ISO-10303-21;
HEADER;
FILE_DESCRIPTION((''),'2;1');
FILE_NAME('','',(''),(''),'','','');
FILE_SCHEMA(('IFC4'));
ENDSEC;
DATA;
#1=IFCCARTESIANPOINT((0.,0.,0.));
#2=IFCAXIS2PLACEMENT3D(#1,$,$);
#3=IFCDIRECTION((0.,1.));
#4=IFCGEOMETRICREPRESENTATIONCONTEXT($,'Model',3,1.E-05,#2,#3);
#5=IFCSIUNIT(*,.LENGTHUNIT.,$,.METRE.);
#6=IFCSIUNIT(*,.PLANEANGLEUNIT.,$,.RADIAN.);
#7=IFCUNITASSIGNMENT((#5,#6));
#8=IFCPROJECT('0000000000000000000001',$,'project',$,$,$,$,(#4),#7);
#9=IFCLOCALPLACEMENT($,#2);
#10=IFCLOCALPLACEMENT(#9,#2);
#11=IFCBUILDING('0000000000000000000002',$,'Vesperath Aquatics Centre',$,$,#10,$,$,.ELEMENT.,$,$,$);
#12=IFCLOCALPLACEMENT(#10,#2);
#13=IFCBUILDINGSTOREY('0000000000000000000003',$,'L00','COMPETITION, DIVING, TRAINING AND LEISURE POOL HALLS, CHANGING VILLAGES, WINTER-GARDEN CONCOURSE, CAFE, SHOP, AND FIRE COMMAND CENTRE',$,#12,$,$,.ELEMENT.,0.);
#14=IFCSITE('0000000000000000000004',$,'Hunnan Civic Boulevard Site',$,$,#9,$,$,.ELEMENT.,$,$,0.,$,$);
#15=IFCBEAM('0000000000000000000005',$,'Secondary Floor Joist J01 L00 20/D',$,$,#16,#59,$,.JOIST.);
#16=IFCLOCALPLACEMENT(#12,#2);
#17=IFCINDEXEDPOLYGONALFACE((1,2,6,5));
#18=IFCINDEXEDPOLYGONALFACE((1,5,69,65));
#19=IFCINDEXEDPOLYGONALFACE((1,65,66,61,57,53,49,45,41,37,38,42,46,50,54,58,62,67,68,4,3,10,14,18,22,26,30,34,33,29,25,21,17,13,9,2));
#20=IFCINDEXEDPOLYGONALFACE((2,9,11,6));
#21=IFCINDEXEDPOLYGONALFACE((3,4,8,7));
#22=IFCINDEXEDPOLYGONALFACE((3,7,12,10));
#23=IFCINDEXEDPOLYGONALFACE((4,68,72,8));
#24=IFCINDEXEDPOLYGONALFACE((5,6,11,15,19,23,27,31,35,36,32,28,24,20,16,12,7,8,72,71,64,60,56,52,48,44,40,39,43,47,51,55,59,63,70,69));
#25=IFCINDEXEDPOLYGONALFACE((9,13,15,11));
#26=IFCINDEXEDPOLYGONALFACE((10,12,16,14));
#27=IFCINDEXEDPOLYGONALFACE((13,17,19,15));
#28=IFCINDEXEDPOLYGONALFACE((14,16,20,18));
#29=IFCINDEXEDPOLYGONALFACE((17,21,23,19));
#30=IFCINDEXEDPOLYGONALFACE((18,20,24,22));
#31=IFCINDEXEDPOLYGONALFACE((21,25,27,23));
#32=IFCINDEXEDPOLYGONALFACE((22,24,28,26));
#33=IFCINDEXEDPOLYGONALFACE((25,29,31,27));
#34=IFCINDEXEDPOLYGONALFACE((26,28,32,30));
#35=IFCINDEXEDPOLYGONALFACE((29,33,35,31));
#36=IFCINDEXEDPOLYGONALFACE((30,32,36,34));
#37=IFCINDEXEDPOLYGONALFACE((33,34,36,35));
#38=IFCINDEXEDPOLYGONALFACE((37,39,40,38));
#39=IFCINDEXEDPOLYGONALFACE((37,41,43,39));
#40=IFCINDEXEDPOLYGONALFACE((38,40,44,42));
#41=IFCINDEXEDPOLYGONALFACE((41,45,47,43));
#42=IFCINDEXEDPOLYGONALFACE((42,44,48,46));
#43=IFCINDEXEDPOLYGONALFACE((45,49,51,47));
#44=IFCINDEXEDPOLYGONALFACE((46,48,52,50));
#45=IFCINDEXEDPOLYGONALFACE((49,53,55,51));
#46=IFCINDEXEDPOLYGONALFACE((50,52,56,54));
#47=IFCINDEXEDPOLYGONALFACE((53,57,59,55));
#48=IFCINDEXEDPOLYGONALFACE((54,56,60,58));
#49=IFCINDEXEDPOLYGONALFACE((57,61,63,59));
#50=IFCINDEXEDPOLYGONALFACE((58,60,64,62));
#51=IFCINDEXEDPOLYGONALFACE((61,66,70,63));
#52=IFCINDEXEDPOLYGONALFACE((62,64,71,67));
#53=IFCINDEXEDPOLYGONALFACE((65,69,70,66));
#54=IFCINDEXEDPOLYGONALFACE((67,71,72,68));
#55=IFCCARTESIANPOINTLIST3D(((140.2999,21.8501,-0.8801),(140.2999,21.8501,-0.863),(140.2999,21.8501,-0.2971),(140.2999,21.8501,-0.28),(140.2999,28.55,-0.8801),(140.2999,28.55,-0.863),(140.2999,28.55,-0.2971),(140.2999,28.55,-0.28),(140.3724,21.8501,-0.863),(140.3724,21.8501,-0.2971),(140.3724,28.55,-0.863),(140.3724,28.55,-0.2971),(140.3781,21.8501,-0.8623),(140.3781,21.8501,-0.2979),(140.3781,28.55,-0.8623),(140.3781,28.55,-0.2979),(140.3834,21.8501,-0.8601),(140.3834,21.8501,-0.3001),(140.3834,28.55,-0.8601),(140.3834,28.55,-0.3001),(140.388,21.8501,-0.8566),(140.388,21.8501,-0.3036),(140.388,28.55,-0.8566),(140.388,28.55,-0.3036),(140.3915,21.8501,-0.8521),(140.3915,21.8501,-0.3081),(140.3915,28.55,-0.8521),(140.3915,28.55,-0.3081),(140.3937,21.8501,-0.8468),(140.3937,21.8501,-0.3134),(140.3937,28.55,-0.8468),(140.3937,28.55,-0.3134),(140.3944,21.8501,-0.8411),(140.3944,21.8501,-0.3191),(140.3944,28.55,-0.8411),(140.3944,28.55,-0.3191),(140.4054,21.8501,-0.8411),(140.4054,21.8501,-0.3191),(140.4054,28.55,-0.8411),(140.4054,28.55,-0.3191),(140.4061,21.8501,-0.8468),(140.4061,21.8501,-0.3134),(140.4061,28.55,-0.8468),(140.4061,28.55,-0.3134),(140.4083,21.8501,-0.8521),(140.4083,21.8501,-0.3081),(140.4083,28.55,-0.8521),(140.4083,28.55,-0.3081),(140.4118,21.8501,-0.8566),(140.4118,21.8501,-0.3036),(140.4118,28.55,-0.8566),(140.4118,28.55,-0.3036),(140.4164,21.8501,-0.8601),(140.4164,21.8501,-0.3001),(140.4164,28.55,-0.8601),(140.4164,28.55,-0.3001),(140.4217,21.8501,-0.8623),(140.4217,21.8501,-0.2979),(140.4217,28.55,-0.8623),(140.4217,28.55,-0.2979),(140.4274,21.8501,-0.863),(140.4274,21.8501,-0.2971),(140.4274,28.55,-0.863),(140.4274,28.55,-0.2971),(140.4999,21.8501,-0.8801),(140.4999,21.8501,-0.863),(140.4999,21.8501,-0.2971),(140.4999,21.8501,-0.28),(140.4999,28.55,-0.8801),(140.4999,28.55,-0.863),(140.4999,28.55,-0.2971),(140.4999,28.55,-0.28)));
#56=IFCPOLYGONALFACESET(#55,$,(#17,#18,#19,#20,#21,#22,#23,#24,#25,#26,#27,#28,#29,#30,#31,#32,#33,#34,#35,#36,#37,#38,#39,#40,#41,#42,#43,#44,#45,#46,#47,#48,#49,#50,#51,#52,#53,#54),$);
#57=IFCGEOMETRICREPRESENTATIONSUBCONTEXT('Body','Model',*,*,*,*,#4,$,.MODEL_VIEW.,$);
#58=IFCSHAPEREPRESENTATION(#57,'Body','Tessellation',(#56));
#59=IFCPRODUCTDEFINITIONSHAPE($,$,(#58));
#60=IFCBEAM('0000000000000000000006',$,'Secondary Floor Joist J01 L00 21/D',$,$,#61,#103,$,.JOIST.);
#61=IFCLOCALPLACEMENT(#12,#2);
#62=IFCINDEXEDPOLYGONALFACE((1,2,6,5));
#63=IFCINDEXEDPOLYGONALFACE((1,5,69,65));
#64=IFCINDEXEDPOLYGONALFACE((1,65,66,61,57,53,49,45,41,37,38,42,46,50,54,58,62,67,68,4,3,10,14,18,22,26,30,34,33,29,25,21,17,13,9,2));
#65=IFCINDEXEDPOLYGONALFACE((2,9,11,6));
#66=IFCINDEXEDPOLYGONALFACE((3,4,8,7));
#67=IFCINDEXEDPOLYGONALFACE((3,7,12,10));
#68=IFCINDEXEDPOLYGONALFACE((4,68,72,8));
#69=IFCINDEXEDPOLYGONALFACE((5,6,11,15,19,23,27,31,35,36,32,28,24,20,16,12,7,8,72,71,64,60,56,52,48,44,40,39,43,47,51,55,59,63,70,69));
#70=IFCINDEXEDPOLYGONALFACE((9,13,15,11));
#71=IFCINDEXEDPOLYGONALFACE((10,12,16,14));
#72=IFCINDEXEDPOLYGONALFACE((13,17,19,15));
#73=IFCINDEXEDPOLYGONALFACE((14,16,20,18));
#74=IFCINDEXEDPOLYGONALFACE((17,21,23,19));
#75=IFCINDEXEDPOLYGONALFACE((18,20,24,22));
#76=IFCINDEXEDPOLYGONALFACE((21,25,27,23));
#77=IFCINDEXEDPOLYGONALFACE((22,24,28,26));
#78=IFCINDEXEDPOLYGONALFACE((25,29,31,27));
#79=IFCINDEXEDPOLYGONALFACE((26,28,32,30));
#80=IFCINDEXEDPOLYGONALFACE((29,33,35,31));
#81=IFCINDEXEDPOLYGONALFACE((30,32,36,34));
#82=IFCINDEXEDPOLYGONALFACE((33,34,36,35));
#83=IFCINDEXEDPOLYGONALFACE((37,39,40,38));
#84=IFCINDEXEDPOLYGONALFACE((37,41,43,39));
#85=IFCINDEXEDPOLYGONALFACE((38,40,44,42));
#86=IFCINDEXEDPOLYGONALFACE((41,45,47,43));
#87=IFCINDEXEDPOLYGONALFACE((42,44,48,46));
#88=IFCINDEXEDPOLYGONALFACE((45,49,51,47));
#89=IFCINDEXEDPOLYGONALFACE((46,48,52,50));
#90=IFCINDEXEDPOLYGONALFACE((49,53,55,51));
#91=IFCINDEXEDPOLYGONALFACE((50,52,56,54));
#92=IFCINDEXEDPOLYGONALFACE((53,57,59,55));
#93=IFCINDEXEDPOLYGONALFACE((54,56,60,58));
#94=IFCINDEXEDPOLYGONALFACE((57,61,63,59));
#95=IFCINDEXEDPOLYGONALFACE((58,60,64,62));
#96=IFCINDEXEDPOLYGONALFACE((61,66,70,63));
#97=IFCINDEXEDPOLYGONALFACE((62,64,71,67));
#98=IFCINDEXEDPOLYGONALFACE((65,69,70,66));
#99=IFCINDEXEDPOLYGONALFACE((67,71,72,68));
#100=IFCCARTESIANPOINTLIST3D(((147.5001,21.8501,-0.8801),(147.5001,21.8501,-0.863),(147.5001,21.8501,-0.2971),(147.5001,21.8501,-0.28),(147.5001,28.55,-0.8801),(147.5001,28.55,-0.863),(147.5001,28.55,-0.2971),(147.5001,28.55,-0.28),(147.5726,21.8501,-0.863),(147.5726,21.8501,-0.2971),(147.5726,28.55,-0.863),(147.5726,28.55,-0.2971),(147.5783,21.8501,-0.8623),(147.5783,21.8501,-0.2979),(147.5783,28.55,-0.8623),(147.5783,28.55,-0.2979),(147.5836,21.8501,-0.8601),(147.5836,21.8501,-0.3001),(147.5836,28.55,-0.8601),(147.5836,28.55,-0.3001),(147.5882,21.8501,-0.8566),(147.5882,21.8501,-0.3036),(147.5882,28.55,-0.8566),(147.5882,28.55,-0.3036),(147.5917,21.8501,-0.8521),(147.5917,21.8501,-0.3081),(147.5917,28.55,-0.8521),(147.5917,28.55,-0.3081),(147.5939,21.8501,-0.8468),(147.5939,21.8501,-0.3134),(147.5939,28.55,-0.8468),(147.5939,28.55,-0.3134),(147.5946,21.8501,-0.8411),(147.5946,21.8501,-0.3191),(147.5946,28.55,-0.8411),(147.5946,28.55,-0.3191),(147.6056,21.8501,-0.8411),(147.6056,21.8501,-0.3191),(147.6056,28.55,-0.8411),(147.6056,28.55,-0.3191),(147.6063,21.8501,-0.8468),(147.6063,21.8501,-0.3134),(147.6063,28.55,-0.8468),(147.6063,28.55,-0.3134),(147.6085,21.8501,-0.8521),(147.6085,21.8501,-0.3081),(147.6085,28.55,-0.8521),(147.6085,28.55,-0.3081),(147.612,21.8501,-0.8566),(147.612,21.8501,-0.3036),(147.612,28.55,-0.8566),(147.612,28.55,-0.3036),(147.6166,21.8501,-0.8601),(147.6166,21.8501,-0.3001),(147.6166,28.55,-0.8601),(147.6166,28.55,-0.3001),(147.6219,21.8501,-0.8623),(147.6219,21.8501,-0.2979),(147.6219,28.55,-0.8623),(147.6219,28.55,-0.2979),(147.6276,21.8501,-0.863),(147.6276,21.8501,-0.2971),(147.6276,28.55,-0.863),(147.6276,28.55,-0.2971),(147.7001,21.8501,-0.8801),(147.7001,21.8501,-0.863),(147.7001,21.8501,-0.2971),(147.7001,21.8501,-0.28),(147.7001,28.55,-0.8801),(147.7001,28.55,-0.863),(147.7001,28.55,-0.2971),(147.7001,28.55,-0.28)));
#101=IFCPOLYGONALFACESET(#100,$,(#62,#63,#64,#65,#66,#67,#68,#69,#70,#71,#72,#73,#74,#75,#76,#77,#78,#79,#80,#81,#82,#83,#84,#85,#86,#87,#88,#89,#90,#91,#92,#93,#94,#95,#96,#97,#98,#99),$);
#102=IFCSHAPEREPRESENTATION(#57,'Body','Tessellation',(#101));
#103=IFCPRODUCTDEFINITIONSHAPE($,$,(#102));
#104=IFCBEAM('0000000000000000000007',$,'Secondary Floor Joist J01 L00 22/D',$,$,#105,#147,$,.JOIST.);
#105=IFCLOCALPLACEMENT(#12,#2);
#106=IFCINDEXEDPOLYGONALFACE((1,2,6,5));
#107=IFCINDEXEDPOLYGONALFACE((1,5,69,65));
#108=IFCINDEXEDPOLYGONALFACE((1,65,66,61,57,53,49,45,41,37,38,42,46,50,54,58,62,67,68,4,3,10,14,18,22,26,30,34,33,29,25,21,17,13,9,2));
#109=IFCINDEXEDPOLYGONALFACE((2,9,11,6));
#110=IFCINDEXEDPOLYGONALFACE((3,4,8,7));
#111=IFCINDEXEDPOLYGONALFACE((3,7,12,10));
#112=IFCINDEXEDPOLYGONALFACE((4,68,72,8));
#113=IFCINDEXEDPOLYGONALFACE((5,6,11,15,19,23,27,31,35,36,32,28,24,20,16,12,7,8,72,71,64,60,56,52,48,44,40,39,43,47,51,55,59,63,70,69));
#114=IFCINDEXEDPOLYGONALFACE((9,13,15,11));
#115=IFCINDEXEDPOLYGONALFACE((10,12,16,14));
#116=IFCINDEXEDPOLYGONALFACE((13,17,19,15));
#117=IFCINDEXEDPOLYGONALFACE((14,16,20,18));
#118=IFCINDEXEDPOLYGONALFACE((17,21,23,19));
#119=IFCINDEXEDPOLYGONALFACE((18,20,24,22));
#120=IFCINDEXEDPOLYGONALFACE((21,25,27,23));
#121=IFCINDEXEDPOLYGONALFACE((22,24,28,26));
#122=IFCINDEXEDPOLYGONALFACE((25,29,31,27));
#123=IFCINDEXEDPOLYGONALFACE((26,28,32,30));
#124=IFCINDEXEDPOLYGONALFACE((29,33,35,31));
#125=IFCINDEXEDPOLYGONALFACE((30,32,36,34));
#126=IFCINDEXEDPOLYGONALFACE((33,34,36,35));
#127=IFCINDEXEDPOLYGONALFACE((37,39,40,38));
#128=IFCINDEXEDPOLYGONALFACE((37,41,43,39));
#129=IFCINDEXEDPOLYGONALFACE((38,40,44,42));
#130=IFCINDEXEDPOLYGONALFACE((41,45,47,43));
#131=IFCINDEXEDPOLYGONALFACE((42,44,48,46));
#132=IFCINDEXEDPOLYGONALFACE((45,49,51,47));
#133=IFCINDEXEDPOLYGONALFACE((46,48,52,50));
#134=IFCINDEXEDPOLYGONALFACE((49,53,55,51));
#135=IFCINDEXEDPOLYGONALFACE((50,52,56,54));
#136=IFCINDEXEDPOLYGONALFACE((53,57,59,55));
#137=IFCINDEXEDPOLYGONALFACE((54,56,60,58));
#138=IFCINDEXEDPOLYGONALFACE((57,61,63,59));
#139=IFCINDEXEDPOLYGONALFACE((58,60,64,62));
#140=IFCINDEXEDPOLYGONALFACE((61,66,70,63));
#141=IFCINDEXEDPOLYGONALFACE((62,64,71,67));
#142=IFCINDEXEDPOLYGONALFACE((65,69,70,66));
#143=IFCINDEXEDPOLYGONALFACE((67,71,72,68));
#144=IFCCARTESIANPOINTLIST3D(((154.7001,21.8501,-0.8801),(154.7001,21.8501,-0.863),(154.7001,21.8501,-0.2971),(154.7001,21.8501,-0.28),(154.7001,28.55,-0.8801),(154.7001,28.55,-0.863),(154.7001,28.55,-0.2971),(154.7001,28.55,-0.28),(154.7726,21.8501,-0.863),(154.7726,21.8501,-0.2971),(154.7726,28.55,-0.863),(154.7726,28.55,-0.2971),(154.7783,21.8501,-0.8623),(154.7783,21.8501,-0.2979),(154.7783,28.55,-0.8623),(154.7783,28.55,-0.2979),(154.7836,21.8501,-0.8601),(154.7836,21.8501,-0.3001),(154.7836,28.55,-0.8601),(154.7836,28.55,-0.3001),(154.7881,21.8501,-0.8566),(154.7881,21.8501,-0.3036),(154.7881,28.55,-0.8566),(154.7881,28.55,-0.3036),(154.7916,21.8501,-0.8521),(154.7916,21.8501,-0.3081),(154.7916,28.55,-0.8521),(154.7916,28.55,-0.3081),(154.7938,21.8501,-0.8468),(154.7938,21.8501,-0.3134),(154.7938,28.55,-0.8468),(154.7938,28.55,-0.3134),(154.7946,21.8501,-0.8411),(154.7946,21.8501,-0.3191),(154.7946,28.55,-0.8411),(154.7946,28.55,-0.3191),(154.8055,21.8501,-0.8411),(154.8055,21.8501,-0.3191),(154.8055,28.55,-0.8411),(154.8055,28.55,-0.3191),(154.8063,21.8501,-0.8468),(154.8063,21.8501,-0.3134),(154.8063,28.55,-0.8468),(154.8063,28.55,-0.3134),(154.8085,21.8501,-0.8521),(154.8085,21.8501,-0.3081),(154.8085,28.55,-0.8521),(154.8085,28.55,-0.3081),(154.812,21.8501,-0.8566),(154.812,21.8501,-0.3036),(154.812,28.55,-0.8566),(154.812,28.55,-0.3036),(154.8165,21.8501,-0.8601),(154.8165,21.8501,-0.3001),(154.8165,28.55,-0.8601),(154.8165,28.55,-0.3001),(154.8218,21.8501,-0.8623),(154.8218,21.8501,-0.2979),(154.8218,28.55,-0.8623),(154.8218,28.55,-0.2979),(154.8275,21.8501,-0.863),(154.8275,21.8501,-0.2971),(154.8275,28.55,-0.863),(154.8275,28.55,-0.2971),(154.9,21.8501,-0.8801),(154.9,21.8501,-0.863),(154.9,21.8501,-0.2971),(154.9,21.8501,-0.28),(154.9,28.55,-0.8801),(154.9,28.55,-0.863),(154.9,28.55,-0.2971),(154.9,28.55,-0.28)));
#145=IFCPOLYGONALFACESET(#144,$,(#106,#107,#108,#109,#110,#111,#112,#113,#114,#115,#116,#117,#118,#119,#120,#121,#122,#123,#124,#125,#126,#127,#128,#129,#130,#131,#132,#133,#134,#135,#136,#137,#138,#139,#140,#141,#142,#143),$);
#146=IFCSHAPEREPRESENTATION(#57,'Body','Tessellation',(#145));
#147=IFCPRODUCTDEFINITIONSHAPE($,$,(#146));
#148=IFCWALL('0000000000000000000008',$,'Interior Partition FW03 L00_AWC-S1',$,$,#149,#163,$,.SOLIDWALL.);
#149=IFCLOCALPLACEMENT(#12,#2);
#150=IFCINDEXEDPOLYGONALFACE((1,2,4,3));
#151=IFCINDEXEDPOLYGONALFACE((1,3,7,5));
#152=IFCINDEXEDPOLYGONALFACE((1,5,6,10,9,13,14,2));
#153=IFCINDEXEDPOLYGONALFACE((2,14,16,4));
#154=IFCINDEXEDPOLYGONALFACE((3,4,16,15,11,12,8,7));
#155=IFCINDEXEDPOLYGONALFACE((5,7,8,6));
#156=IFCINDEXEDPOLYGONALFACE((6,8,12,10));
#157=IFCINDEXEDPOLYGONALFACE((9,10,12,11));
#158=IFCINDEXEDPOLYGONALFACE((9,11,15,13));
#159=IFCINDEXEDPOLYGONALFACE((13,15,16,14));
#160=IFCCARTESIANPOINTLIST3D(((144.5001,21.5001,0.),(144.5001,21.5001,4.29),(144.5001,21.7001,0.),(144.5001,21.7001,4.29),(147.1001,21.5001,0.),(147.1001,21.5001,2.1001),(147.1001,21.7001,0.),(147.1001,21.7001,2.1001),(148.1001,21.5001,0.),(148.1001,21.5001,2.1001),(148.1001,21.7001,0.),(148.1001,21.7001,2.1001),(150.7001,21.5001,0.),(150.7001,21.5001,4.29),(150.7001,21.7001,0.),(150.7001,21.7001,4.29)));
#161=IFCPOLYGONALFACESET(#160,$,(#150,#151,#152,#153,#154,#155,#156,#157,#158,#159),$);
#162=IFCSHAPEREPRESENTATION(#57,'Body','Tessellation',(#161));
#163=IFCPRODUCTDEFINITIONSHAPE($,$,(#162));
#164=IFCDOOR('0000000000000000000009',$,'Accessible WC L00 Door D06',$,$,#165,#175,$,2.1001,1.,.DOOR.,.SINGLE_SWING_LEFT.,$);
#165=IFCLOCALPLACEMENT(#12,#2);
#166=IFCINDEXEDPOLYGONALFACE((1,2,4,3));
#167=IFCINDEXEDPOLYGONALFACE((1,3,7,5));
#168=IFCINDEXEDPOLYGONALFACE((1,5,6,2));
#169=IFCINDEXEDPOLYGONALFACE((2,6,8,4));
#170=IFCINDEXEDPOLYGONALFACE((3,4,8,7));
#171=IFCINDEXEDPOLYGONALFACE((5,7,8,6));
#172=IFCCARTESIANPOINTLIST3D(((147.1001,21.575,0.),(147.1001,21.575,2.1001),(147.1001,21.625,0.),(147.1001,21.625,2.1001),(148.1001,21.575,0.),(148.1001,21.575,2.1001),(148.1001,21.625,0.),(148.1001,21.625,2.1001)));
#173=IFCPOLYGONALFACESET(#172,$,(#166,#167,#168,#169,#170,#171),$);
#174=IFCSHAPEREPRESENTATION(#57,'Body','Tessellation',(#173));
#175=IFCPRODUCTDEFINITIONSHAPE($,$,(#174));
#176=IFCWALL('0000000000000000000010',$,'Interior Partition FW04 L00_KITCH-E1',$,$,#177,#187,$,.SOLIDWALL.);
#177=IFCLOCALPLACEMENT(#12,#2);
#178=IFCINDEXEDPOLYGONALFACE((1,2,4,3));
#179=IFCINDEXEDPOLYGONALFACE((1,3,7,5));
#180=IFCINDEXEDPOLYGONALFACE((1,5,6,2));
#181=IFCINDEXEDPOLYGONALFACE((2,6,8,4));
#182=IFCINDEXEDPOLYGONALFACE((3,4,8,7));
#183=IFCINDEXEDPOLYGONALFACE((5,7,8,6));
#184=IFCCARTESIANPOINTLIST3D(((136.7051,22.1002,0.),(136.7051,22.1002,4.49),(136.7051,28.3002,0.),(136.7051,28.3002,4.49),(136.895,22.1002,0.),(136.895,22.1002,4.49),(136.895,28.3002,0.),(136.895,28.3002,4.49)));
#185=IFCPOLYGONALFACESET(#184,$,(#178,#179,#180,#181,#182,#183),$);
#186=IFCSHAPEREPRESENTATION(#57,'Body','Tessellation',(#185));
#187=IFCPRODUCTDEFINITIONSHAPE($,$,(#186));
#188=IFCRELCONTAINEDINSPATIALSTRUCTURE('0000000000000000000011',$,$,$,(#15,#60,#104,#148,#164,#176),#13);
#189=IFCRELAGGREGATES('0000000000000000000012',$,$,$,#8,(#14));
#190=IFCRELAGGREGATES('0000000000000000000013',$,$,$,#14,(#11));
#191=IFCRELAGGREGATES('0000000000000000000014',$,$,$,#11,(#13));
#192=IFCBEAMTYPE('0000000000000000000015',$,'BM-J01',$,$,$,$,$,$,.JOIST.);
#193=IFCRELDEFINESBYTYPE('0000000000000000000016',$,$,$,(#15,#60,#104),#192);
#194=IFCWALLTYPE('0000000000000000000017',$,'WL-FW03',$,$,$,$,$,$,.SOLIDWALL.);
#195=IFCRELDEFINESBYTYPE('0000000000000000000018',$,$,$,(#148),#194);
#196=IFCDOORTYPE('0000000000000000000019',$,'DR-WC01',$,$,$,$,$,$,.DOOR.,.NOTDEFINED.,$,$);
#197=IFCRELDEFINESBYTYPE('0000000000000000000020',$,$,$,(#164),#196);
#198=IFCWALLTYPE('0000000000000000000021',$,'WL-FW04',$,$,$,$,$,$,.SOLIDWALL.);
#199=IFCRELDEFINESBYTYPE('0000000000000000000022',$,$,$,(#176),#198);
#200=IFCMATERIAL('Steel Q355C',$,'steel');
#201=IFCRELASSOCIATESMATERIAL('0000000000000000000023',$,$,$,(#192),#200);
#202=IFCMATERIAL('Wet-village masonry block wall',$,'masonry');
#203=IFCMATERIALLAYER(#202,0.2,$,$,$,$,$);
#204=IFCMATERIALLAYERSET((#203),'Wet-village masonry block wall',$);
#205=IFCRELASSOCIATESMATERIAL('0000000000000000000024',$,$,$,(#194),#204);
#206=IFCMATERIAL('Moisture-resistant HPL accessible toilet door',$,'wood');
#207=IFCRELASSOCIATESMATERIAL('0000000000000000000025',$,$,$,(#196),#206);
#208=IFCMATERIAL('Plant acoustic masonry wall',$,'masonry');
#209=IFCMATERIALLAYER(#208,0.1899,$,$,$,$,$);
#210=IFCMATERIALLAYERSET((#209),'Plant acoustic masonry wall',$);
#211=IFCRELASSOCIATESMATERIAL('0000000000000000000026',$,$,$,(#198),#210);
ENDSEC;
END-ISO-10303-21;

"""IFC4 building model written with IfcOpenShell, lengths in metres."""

from ifc_helpers import new_model, si_unit, direction, frame, frame_2d, origin, origin_2d, place, context, subcontext, project, spatial, rectangle, i_section, extrude, material, layer, layer_set, material_profile, profile_set, type_object, element, fill, save


model = new_model("IFC4")

# Units and contexts
model_context = context("Model", 3, precision=1e-05, world=origin(), true_north=direction((0.0, 1.0)))
body_context = subcontext(model_context, "Body", "Model", "MODEL_VIEW")
ifc_project = project(units=[si_unit("LENGTHUNIT", "METRE"), si_unit("PLANEANGLEUNIT", "RADIAN")], contexts=[model_context])

# Site, building, storey
site_placement = place(None, origin())
site = spatial("IfcSite", under=ifc_project, at=site_placement, Name="Hunnan Civic Boulevard Site", CompositionType="ELEMENT", RefElevation=0.0)
building_placement = place(site_placement, origin())
building = spatial("IfcBuilding", under=site, at=building_placement, Name="Vesperath Aquatics Centre", CompositionType="ELEMENT")
storey_placement = place(building_placement, origin())
storey = spatial("IfcBuildingStorey", under=building, at=storey_placement, Name="L00", Description="COMPETITION, DIVING, TRAINING AND LEISURE POOL HALLS, CHANGING VILLAGES, WINTER-GARDEN CONCOURSE, CAFE, SHOP, AND FIRE COMMAND CENTRE", CompositionType="ELEMENT", Elevation=0.0)

# Beams
ifc_material_1 = material(Name="Steel Q355C", Category="steel")
ifc_material_profile_1 = material_profile(ifc_material_1, i_section(OverallWidth=0.2, OverallDepth=0.6001, WebThickness=0.011, FlangeThickness=0.0171, FilletRadius=0.022, at=origin_2d()), Name="HN 600x200x11x17")
ifc_profile_set_1 = profile_set([ifc_material_profile_1], Name="Steel Q355C")
beam_type_1 = type_object("IfcBeamType", Name="BM-J01", PredefinedType="JOIST", material=ifc_profile_set_1)
for number, where, z_axis, x_axis, name in (
    (1, (140.3999, 21.8501, -0.5801), (0.0, 1.0, 0.0), (-1.0, 0.0, 0.0), "Secondary Floor Joist J01 L00 20/D"),
    (2, (147.6001, 21.8501, -0.5801), (0.0, 1.0, 0.0), (-1.0, 0.0, 0.0), "Secondary Floor Joist J01 L00 21/D"),
    (3, (154.8, 21.8501, -0.5801), (0.0, 1.0, 0.0), (-1.0, 0.0, 0.0), "Secondary Floor Joist J01 L00 22/D"),
):
    element("IfcBeam", number, at=place(storey_placement, frame(where, z_axis=z_axis, x_axis=x_axis)), inside=storey, type_object=beam_type_1, Name=name, PredefinedType="JOIST", context=body_context, shape_type="SweptSolid", body=[
        extrude(i_section(OverallWidth=0.2, OverallDepth=0.6001, WebThickness=0.011, FlangeThickness=0.0171, FilletRadius=0.022, at=origin_2d()), origin(), (0.0, 0.0, 1.0), 6.7),
    ])

# Wall, opening, door
ifc_material_2 = material(Name="Wet-village masonry block wall", Category="masonry")
ifc_layer_1 = layer(ifc_material_2, 0.2)
ifc_layer_set_1 = layer_set([ifc_layer_1], Name="Wet-village masonry block wall")
wall_type_1 = type_object("IfcWallType", Name="WL-FW03", PredefinedType="SOLIDWALL", material=ifc_layer_set_1)
wall_1_placement = place(storey_placement, frame((144.5, 21.6001, 0.0), z_axis=(0.0, 0.0, 1.0), x_axis=(1.0, 0.0, 0.0)))
wall_1 = element("IfcWall", 4, at=wall_1_placement, inside=storey, type_object=wall_type_1, Name="Interior Partition FW03 L00_AWC-S1", PredefinedType="SOLIDWALL", context=body_context, shape_type="SweptSolid", body=[
    extrude(rectangle(XDim=6.2, YDim=0.2, at=frame_2d((3.1001, 0.0))), origin(), (0.0, 0.0, 1.0), 4.29),
])
opening_1_placement = place(wall_1_placement, frame((2.6001, 0.0, 0.0)))
opening_1 = element("IfcOpeningElement", 5, at=opening_1_placement, cuts=wall_1, PredefinedType="OPENING", context=body_context, shape_type="SweptSolid", body=[
    extrude(rectangle(XDim=1.0, YDim=2.1001, at=frame_2d((0.5, 1.05))), frame((0.0, 0.1147, 0.0), z_axis=(0.0, -1.0, 0.0), x_axis=(1.0, 0.0, 0.0)), (0.0, 0.0, 1.0), 0.2297),
])
ifc_material_3 = material(Name="Moisture-resistant HPL accessible toilet door", Category="wood")
door_type_1 = type_object("IfcDoorType", Name="DR-WC01", OperationType="NOTDEFINED", PredefinedType="DOOR", material=ifc_material_3)
door_1_placement = place(opening_1_placement, origin())
door_1 = element("IfcDoor", 6, at=door_1_placement, inside=storey, type_object=door_type_1, Name="Accessible WC L00 Door D06", OperationType="SINGLE_SWING_LEFT", OverallHeight=2.1001, OverallWidth=1.0, PredefinedType="DOOR", context=body_context, shape_type="SweptSolid", body=[
    extrude(rectangle(XDim=1.0, YDim=2.1001, at=frame_2d((0.5, 1.05))), frame((0.0, 0.0249, 0.0), z_axis=(0.0, -1.0, 0.0), x_axis=(1.0, 0.0, 0.0)), (0.0, 0.0, 1.0), 0.05),
])
fill(opening_1, door_1)

# Wall
ifc_material_4 = material(Name="Plant acoustic masonry wall", Category="masonry")
ifc_layer_2 = layer(ifc_material_4, 0.1899)
ifc_layer_set_2 = layer_set([ifc_layer_2], Name="Plant acoustic masonry wall")
wall_type_2 = type_object("IfcWallType", Name="WL-FW04", PredefinedType="SOLIDWALL", material=ifc_layer_set_2)
wall_2_placement = place(storey_placement, frame((136.8, 22.1001, 0.0), z_axis=(0.0, 0.0, 1.0), x_axis=(0.0, 1.0, 0.0)))
element("IfcWall", 7, at=wall_2_placement, inside=storey, type_object=wall_type_2, Name="Interior Partition FW04 L00_KITCH-E1", PredefinedType="SOLIDWALL", context=body_context, shape_type="SweptSolid", body=[
    extrude(rectangle(XDim=6.2, YDim=0.1899, at=frame_2d((3.1001, 0.0))), origin(), (0.0, 0.0, 1.0), 4.49),
])

save(model, "model.ifc")
